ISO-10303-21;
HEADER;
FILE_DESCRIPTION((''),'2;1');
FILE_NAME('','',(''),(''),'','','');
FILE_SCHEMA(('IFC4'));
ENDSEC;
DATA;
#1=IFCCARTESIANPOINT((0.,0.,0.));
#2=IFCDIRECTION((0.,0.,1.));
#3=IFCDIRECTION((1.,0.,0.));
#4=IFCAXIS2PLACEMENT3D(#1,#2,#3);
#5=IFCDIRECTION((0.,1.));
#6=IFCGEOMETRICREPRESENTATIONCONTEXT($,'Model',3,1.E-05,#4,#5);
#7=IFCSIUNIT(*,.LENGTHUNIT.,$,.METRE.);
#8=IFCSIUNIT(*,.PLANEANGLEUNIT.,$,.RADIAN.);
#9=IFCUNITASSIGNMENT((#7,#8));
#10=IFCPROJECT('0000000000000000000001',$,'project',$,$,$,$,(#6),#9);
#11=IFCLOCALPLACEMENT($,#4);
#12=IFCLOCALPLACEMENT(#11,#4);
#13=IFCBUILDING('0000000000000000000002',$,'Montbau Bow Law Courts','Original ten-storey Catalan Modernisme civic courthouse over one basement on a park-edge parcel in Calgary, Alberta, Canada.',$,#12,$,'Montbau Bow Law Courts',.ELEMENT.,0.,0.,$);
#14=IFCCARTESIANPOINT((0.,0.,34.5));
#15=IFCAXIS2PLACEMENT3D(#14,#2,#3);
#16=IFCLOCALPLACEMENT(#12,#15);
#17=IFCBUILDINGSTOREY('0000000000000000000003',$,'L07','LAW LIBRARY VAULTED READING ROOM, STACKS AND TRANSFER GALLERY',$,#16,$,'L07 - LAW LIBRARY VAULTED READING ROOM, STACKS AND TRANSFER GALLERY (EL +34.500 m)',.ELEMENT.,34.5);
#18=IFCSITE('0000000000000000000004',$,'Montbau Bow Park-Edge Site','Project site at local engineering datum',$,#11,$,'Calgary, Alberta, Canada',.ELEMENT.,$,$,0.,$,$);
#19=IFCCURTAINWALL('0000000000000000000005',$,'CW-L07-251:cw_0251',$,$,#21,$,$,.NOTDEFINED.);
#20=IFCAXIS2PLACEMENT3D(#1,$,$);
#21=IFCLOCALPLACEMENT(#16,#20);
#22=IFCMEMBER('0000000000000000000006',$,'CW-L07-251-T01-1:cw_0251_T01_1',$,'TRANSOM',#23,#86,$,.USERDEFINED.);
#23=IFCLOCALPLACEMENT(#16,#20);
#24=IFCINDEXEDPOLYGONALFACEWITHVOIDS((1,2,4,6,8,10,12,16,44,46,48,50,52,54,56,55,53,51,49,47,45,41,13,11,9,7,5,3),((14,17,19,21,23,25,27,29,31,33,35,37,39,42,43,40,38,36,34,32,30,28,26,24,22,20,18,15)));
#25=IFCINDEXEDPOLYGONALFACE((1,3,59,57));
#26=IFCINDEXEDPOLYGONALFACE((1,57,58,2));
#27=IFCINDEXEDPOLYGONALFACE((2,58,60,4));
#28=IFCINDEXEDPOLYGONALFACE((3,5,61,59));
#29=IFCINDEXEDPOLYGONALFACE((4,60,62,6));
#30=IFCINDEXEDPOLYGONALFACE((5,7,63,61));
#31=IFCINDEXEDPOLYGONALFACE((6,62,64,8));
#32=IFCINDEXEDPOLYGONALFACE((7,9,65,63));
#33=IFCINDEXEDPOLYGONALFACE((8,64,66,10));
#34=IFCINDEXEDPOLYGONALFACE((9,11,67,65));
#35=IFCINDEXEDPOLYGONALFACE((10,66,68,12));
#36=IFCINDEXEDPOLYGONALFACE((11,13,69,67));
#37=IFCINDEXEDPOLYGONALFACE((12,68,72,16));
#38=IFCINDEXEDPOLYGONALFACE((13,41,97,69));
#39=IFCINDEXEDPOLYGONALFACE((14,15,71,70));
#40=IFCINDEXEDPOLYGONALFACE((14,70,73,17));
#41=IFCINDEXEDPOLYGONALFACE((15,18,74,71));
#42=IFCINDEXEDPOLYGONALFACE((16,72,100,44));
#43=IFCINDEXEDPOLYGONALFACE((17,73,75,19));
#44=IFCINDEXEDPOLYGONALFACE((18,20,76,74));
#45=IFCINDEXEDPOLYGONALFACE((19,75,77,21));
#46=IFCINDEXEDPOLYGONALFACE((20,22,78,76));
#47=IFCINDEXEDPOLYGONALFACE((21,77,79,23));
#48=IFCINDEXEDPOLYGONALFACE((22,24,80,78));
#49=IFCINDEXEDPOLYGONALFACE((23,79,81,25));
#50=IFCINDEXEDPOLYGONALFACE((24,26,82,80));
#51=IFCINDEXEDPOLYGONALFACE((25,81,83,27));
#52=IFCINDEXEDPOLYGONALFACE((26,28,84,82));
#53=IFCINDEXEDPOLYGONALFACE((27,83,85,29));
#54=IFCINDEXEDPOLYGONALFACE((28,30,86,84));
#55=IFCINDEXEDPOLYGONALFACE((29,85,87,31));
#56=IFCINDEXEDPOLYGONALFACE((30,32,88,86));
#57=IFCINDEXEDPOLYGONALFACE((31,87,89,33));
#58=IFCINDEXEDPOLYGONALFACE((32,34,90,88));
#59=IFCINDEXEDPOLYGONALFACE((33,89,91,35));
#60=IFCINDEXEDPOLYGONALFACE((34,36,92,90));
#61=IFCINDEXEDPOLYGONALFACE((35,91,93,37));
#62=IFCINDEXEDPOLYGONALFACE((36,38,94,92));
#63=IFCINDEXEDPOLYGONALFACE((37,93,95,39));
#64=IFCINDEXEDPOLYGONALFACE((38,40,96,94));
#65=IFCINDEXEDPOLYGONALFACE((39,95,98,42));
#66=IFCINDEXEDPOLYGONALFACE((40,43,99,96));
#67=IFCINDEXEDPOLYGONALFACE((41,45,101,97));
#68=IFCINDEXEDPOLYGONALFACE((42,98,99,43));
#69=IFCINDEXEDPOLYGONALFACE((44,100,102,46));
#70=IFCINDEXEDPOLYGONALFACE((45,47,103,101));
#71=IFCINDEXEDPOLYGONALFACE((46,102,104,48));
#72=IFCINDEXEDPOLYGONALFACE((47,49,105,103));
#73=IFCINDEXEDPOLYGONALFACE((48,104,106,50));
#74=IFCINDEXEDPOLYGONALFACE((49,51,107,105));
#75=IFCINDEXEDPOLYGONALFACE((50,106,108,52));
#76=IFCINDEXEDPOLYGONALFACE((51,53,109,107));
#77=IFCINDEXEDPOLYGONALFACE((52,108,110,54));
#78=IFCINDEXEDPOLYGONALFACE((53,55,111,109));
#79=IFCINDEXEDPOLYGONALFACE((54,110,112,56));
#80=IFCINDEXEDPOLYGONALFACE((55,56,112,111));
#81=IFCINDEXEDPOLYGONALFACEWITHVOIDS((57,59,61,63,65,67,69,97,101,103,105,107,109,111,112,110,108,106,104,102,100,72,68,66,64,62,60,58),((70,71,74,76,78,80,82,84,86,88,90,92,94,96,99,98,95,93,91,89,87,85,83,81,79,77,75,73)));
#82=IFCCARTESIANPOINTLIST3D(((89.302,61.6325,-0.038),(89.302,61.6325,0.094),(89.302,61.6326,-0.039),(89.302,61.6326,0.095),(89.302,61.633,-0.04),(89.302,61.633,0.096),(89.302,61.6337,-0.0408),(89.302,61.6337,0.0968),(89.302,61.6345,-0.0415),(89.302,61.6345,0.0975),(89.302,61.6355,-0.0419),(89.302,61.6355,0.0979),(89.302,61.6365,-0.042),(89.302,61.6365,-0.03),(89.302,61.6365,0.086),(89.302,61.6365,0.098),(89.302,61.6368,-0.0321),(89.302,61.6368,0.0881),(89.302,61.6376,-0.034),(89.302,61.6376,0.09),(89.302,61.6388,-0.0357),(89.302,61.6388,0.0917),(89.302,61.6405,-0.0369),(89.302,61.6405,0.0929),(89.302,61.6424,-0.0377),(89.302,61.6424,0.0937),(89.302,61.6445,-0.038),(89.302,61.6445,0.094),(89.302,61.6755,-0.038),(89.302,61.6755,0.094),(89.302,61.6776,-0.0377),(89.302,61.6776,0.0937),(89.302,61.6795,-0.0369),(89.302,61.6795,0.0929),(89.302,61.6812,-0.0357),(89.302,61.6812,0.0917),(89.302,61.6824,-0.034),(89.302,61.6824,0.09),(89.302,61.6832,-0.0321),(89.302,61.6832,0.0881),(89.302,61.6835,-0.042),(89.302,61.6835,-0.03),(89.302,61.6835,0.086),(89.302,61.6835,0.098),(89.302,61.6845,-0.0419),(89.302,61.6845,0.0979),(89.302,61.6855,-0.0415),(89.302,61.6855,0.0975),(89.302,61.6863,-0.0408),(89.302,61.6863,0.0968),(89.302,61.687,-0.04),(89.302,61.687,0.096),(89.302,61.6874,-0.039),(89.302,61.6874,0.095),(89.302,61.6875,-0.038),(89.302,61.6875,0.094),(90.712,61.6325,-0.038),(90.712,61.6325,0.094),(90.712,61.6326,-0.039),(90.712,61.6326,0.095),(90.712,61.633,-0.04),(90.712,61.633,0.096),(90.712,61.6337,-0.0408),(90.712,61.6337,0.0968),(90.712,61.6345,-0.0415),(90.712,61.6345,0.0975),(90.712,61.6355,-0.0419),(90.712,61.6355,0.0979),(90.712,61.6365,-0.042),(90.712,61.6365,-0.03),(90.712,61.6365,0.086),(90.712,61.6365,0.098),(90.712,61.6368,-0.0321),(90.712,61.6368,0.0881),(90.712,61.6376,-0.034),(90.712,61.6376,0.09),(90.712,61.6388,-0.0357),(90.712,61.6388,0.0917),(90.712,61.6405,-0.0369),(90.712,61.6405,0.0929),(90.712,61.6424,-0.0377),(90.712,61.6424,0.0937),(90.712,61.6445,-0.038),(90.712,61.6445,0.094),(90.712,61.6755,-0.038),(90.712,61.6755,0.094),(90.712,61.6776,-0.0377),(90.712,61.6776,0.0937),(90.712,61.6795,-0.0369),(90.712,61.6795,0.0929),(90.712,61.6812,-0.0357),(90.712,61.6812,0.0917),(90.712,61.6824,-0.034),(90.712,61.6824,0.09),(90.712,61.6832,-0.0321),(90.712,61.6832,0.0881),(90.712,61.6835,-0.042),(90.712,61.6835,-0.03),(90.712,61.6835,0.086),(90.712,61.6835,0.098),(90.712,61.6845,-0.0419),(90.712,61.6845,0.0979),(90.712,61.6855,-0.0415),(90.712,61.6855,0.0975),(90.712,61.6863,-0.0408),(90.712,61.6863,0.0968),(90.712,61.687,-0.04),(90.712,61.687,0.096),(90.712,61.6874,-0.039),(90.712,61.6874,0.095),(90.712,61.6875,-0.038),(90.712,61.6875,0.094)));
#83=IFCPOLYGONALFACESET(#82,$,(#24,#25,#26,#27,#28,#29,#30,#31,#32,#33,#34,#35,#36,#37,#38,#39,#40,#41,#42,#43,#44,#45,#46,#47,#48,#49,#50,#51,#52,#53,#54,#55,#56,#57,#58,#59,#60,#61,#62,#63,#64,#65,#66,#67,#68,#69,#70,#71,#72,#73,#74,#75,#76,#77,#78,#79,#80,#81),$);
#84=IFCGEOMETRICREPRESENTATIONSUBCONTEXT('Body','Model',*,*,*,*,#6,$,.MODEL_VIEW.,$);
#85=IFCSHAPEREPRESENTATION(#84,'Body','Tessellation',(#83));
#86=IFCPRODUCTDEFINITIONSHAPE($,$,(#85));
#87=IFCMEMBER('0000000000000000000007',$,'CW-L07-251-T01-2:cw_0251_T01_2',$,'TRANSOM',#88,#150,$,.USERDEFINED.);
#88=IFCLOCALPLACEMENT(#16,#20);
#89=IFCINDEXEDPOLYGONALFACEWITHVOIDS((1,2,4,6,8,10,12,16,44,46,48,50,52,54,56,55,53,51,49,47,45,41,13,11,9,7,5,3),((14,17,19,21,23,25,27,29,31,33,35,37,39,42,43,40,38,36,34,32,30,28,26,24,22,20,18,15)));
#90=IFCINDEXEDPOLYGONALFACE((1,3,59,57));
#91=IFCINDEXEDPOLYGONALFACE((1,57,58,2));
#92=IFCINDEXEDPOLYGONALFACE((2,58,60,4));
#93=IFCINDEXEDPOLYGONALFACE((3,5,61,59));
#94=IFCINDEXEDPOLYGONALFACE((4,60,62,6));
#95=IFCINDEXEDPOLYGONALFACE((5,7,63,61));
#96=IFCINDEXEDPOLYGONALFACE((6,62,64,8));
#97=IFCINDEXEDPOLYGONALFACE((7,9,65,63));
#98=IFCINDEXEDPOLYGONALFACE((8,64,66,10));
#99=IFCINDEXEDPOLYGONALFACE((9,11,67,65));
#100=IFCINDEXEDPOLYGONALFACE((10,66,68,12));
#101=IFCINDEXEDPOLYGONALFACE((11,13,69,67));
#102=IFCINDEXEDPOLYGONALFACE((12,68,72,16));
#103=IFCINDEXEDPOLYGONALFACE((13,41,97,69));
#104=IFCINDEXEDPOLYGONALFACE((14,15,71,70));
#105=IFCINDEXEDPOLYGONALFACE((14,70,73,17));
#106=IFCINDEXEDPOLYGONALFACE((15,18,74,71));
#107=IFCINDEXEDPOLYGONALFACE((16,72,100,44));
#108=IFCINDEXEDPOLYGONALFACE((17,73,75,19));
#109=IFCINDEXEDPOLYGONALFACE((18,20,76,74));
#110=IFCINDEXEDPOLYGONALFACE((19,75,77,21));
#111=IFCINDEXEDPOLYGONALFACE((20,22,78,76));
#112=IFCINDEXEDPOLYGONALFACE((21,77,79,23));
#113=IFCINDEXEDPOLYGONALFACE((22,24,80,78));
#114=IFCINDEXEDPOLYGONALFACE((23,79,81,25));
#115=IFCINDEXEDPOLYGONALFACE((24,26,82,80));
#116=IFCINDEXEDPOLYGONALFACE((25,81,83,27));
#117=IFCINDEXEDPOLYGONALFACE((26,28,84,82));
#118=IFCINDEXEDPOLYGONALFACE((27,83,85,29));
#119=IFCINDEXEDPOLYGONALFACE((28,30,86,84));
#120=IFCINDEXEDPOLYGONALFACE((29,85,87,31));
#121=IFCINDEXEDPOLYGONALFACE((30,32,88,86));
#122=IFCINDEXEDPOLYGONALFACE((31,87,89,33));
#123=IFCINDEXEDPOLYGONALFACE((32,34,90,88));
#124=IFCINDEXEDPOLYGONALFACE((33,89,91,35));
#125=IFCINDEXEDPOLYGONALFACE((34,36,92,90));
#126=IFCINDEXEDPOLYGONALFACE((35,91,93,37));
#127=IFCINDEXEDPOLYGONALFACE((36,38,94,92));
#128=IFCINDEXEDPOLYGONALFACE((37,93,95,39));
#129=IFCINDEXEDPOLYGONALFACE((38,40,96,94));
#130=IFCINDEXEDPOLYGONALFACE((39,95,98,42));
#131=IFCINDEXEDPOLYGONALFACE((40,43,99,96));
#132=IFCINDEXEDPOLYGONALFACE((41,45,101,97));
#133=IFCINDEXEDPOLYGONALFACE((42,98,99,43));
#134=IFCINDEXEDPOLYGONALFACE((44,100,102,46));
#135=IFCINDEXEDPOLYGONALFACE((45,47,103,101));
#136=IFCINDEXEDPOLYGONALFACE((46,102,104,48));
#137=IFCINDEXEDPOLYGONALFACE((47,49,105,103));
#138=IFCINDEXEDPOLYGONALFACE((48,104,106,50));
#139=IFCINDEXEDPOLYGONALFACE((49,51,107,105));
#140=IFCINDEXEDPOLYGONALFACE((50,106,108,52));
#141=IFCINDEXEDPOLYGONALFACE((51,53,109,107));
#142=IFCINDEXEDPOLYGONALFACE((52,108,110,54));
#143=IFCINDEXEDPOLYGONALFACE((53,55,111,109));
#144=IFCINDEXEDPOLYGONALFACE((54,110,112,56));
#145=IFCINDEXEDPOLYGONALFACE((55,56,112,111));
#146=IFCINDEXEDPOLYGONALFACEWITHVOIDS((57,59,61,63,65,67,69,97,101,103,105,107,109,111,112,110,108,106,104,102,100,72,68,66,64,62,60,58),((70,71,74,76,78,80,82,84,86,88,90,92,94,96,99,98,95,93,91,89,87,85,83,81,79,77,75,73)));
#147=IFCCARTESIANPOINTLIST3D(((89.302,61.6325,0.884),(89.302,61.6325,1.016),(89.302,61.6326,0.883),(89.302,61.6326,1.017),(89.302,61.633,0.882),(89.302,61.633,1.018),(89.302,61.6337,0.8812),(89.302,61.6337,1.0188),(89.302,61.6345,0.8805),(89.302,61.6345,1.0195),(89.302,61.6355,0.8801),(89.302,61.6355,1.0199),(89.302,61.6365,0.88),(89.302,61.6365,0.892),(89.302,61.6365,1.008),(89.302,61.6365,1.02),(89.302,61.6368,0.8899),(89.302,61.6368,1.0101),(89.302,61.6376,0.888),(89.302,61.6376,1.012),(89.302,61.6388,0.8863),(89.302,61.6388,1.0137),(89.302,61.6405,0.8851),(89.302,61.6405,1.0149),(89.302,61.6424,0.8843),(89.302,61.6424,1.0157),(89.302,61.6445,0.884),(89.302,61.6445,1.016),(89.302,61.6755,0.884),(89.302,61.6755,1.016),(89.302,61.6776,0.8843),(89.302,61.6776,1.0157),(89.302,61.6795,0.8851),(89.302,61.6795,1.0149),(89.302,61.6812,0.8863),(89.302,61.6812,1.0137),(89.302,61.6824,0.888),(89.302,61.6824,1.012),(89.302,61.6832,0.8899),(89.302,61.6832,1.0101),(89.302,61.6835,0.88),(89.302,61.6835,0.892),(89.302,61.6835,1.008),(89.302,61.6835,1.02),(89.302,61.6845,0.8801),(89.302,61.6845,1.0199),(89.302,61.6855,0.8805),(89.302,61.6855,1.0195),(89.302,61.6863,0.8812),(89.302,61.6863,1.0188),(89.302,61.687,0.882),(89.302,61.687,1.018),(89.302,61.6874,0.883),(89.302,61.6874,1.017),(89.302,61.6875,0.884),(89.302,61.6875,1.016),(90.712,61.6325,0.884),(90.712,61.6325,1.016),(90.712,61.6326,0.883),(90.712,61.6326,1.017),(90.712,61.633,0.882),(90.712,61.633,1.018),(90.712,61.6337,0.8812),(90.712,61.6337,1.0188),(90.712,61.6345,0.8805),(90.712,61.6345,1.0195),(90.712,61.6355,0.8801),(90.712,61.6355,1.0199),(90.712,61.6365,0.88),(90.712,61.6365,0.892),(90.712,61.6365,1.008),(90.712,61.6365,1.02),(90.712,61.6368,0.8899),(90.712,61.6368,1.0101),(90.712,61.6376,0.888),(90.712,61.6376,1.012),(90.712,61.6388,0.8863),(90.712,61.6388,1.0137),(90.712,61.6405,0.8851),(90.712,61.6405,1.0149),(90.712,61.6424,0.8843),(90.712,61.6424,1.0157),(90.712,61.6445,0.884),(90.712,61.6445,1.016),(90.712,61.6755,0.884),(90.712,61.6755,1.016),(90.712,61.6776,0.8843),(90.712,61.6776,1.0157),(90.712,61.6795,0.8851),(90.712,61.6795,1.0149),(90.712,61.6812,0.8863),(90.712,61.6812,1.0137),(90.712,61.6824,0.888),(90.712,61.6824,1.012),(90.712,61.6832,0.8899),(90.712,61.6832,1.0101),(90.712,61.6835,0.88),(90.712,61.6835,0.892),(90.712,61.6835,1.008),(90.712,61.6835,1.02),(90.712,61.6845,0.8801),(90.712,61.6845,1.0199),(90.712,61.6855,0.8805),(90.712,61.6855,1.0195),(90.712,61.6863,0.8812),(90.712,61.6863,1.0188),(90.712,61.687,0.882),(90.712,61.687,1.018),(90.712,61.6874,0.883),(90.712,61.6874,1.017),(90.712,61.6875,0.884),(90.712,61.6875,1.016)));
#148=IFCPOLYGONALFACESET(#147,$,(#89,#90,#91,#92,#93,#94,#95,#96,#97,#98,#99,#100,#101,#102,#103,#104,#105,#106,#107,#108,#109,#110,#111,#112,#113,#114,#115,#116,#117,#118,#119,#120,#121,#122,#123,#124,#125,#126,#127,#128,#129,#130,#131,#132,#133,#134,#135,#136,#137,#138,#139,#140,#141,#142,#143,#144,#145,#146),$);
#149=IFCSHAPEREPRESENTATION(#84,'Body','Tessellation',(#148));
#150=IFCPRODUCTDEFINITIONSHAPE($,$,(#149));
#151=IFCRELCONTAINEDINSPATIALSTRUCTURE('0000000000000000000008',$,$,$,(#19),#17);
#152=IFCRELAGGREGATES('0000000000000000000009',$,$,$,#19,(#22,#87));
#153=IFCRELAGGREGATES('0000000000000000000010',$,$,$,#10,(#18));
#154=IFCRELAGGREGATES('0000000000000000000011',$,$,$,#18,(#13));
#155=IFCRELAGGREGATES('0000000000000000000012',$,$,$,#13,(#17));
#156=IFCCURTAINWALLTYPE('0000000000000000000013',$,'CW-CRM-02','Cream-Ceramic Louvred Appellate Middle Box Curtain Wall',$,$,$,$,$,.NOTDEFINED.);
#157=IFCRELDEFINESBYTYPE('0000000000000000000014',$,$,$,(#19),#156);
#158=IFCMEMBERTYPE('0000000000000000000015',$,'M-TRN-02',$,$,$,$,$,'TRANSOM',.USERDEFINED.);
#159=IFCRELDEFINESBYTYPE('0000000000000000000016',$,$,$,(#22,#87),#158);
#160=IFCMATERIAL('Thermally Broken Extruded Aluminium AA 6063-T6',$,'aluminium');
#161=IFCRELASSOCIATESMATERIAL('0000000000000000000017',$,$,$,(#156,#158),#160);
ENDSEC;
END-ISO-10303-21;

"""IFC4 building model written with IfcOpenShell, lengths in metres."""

from ifc_helpers import new_model, si_unit, direction, frame, origin_with_axes, origin_2d_with_axis, place, context, subcontext, project, spatial, hollow_rectangle, extrude, material, material_profile, profile_set, type_object, element, aggregate, save


model = new_model("IFC4")

# Units and contexts
model_context = context("Model", 3, precision=1e-05, world=origin_with_axes(), true_north=direction((0.0, 1.0)))
body_context = subcontext(model_context, "Body", "Model", "MODEL_VIEW")
ifc_project = project(units=[si_unit("LENGTHUNIT", "METRE"), si_unit("PLANEANGLEUNIT", "RADIAN")], contexts=[model_context])

# Site, building, storey
site_placement = place(None, origin_with_axes())
site = spatial("IfcSite", under=ifc_project, at=site_placement, Name="Montbau Bow Park-Edge Site", Description="Project site at local engineering datum", LongName="Calgary, Alberta, Canada", CompositionType="ELEMENT", RefElevation=0.0)
building_placement = place(site_placement, origin_with_axes())
building = spatial("IfcBuilding", under=site, at=building_placement, Name="Montbau Bow Law Courts", Description="Original ten-storey Catalan Modernisme civic courthouse over one basement on a park-edge parcel in Calgary, Alberta, Canada.", LongName="Montbau Bow Law Courts", CompositionType="ELEMENT", ElevationOfRefHeight=0.0, ElevationOfTerrain=0.0)
storey_placement = place(building_placement, frame((0.0, 0.0, 34.5), z_axis=(0.0, 0.0, 1.0), x_axis=(1.0, 0.0, 0.0)))
storey = spatial("IfcBuildingStorey", under=building, at=storey_placement, Name="L07", Description="LAW LIBRARY VAULTED READING ROOM, STACKS AND TRANSFER GALLERY", LongName="L07 - LAW LIBRARY VAULTED READING ROOM, STACKS AND TRANSFER GALLERY (EL +34.500 m)", CompositionType="ELEMENT", Elevation=34.5)

# Curtain wall
ifc_material_1 = material(Name="Thermally Broken Extruded Aluminium AA 6063-T6", Category="aluminium")
curtain_wall_type = type_object("IfcCurtainWallType", Name="CW-CRM-02", Description="Cream-Ceramic Louvred Appellate Middle Box Curtain Wall", PredefinedType="NOTDEFINED", material=ifc_material_1)
curtain_wall_1_placement = place(None, frame((89.24, 61.66, 34.5), z_axis=(0.0, 0.0, 1.0), x_axis=(1.0, 0.0, 0.0)))
curtain_wall_1 = element("IfcCurtainWall", 1, at=curtain_wall_1_placement, inside=storey, type_object=curtain_wall_type, Name="CW-L07-251:cw_0251", PredefinedType="NOTDEFINED")

# Members
ifc_material_profile_1 = material_profile(ifc_material_1, hollow_rectangle(XDim=0.055, YDim=0.14, WallThickness=0.004, InnerFilletRadius=0.008, OuterFilletRadius=0.004, at=origin_2d_with_axis()), Name="CWT-140X55", Category="Main", Priority=0)
ifc_profile_set_1 = profile_set([ifc_material_profile_1], Name="Thermally Broken Extruded Aluminium AA 6063-T6")
member_type_1 = type_object("IfcMemberType", Name="M-TRN-02", ElementType="TRANSOM", PredefinedType="USERDEFINED", material=ifc_profile_set_1)
member_1_placement = place(None, frame((89.302, 61.66, 34.528), z_axis=(1.0, 0.0, 0.0), x_axis=(0.0, 1.0, 0.0)))
member_1 = element("IfcMember", 2, at=member_1_placement, type_object=member_type_1, Name="CW-L07-251-T01-1:cw_0251_T01_1", ObjectType="TRANSOM", PredefinedType="USERDEFINED", context=body_context, shape_type="SweptSolid", body=[
    extrude(hollow_rectangle(XDim=0.055, YDim=0.14, WallThickness=0.004, InnerFilletRadius=0.008, OuterFilletRadius=0.004, at=origin_2d_with_axis()), origin_with_axes(), (0.0, 0.0, 1.0), 1.41),
])
member_2_placement = place(None, frame((89.302, 61.66, 35.45), z_axis=(1.0, 0.0, 0.0), x_axis=(0.0, 1.0, 0.0)))
member_2 = element("IfcMember", 3, at=member_2_placement, type_object=member_type_1, Name="CW-L07-251-T01-2:cw_0251_T01_2", ObjectType="TRANSOM", PredefinedType="USERDEFINED", context=body_context, shape_type="SweptSolid", body=[
    extrude(hollow_rectangle(XDim=0.055, YDim=0.14, WallThickness=0.004, InnerFilletRadius=0.008, OuterFilletRadius=0.004, at=origin_2d_with_axis()), origin_with_axes(), (0.0, 0.0, 1.0), 1.41),
])

aggregate(curtain_wall_1, [member_1, member_2])

save(model, "model.ifc")
